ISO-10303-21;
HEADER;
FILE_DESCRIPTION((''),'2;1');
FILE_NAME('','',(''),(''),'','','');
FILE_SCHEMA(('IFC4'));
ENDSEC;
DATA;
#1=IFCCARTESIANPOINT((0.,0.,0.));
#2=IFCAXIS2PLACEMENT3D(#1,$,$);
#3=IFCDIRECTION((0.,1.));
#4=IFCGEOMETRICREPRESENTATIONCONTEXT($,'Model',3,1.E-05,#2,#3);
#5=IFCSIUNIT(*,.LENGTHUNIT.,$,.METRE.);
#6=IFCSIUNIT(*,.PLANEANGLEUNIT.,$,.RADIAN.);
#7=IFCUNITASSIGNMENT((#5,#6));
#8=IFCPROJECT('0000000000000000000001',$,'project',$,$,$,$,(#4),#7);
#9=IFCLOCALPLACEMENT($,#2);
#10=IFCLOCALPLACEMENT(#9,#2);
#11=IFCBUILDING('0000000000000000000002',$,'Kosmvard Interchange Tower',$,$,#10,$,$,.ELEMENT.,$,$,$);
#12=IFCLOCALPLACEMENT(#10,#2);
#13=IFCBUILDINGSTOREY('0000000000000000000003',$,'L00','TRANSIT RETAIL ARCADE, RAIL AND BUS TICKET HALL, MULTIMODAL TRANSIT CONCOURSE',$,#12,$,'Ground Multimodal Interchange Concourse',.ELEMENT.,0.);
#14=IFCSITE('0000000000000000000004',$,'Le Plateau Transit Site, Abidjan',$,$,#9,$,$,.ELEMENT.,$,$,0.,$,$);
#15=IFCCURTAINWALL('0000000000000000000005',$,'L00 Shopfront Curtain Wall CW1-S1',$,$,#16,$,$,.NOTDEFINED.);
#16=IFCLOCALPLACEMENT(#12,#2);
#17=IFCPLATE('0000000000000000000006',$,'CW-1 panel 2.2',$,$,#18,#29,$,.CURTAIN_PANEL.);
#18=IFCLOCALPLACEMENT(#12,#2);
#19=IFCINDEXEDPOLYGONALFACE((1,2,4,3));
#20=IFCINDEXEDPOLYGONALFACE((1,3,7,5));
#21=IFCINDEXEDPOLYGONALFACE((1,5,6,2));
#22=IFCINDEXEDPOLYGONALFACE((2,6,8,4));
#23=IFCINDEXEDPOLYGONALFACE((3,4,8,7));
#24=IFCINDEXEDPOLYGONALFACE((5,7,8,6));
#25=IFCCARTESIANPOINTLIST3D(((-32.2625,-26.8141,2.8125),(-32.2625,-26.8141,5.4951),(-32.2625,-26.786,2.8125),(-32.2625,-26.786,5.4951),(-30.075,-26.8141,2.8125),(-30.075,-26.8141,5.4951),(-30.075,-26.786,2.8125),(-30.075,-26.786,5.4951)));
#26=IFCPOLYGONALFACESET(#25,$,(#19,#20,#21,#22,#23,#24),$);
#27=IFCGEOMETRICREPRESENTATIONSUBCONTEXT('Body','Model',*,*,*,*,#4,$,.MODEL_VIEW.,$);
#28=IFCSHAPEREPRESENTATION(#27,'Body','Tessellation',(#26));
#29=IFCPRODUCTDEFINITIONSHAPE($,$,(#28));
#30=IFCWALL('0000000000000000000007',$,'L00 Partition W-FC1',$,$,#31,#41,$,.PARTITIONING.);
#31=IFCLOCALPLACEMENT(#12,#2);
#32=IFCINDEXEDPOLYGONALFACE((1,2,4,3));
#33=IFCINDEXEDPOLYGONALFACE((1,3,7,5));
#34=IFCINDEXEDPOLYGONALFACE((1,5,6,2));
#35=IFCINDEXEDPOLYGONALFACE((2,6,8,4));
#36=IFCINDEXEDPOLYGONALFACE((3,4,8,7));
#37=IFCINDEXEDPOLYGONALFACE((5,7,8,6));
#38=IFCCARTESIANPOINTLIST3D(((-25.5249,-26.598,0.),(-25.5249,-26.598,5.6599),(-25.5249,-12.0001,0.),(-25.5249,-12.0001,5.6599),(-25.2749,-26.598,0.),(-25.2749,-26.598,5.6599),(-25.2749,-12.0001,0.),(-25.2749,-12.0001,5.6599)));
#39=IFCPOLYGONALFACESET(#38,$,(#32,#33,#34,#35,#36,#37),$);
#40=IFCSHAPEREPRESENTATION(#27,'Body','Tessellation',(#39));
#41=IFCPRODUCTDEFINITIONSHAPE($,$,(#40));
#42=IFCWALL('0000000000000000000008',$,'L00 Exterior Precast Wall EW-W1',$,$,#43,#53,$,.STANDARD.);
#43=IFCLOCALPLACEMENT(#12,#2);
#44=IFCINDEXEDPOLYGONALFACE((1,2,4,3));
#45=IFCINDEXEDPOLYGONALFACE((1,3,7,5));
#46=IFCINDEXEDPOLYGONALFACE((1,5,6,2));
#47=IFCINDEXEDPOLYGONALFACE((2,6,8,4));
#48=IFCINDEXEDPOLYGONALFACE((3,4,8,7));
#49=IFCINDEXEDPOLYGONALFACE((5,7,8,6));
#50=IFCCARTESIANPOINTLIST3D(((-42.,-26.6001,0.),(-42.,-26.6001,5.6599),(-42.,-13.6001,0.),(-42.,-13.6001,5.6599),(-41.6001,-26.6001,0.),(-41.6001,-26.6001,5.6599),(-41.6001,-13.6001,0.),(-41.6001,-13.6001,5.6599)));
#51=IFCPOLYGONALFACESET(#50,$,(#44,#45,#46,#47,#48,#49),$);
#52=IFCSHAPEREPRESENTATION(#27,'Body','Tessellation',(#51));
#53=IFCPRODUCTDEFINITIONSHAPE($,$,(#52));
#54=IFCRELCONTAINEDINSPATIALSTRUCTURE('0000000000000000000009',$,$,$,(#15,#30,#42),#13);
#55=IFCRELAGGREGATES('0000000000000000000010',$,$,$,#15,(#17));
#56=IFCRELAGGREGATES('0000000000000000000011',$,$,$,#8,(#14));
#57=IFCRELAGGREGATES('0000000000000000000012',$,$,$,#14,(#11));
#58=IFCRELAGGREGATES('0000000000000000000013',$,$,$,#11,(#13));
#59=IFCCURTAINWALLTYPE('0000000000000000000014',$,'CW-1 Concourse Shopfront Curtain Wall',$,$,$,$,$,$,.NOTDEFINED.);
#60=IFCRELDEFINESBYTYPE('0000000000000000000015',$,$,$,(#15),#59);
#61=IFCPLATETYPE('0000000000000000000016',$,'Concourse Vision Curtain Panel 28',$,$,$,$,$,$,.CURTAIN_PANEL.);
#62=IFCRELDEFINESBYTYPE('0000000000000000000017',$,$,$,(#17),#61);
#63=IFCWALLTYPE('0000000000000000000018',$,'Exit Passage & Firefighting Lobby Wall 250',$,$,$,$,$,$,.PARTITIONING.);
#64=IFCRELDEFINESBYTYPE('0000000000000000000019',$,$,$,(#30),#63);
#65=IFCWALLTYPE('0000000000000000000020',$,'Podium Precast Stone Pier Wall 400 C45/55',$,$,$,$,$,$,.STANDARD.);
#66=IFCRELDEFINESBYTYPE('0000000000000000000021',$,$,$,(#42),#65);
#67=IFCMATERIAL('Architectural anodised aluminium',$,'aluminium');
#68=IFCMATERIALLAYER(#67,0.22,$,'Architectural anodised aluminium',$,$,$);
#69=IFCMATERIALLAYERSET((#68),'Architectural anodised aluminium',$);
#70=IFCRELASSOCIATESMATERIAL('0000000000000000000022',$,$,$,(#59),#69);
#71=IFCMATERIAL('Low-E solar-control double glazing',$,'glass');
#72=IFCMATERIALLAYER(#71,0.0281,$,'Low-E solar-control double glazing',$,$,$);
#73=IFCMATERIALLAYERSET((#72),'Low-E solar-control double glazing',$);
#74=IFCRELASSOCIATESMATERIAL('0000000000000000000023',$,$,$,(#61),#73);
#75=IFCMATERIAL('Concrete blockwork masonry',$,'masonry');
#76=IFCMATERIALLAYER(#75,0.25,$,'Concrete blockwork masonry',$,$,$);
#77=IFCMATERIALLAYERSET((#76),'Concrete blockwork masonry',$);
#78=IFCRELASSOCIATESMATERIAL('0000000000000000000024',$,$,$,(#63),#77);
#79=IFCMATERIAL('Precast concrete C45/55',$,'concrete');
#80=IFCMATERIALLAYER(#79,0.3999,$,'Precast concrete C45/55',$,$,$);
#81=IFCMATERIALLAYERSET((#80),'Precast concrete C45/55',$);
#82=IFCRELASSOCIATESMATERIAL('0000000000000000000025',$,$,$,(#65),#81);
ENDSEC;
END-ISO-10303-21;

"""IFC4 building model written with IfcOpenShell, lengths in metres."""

from ifc_helpers import new_model, si_unit, direction, frame, frame_2d, origin, origin_2d, place, context, subcontext, project, spatial, rectangle, extrude, source, transform, mapped, material, layer, layer_set, type_object, element, aggregate, save


model = new_model("IFC4")

# Units and contexts
model_context = context("Model", 3, precision=1e-05, world=origin(), true_north=direction((0.0, 1.0)))
body_context = subcontext(model_context, "Body", "Model", "MODEL_VIEW")
ifc_project = project(units=[si_unit("LENGTHUNIT", "METRE"), si_unit("PLANEANGLEUNIT", "RADIAN")], contexts=[model_context])

# Site, building, storey
site_placement = place(None, origin())
site = spatial("IfcSite", under=ifc_project, at=site_placement, Name="Le Plateau Transit Site, Abidjan", CompositionType="ELEMENT", RefElevation=0.0)
building_placement = place(site_placement, origin())
building = spatial("IfcBuilding", under=site, at=building_placement, Name="Kosmvard Interchange Tower", CompositionType="ELEMENT")
storey_placement = place(building_placement, origin())
storey = spatial("IfcBuildingStorey", under=building, at=storey_placement, Name="L00", Description="TRANSIT RETAIL ARCADE, RAIL AND BUS TICKET HALL, MULTIMODAL TRANSIT CONCOURSE", LongName="Ground Multimodal Interchange Concourse", CompositionType="ELEMENT", Elevation=0.0)

# Curtain wall, plate
ifc_material_1 = material(Name="Architectural anodised aluminium", Category="aluminium")
ifc_layer_1 = layer(ifc_material_1, 0.22, Name="Architectural anodised aluminium")
ifc_layer_set_1 = layer_set([ifc_layer_1], Name="Architectural anodised aluminium")
curtain_wall_type = type_object("IfcCurtainWallType", Name="CW-1 Concourse Shopfront Curtain Wall", PredefinedType="NOTDEFINED", material=ifc_layer_set_1)
curtain_wall_placement = place(storey_placement, origin())
curtain_wall = element("IfcCurtainWall", 1, at=curtain_wall_placement, inside=storey, type_object=curtain_wall_type, Name="L00 Shopfront Curtain Wall CW1-S1", PredefinedType="NOTDEFINED")
ifc_material_2 = material(Name="Low-E solar-control double glazing", Category="glass")
ifc_layer_2 = layer(ifc_material_2, 0.0281, Name="Low-E solar-control double glazing")
ifc_layer_set_2 = layer_set([ifc_layer_2], Name="Low-E solar-control double glazing")
plate_type = type_object("IfcPlateType", Name="Concourse Vision Curtain Panel 28", PredefinedType="CURTAIN_PANEL", material=ifc_layer_set_2)
shared_shape_1 = source(origin(), body_context, "Body", "SweptSolid", [
    extrude(rectangle(XDim=2.1875, YDim=0.0281, at=origin_2d()), origin(), (0.0, 0.0, 1.0), 2.6826),
])
plate_1_placement = place(storey_placement, frame((-31.1687, -26.8, 2.8125), z_axis=(0.0, 0.0, 1.0), x_axis=(1.0, 0.0, 0.0)))
plate_1 = element("IfcPlate", 2, at=plate_1_placement, type_object=plate_type, Name="CW-1 panel 2.2", PredefinedType="CURTAIN_PANEL", context=body_context, shape_type="MappedRepresentation", body=[
    mapped(shared_shape_1, transform((0.0, 0.0, 0.0), scale=1.0)),
])
aggregate(curtain_wall, [plate_1])

# Wall
ifc_material_3 = material(Name="Concrete blockwork masonry", Category="masonry")
ifc_layer_3 = layer(ifc_material_3, 0.25, Name="Concrete blockwork masonry")
ifc_layer_set_3 = layer_set([ifc_layer_3], Name="Concrete blockwork masonry")
wall_type_1 = type_object("IfcWallType", Name="Exit Passage & Firefighting Lobby Wall 250", PredefinedType="PARTITIONING", material=ifc_layer_set_3)
wall_1_placement = place(storey_placement, frame((-25.3999, -26.5979, 0.0), z_axis=(0.0, 0.0, 1.0), x_axis=(0.0, 1.0, 0.0)))
element("IfcWall", 3, at=wall_1_placement, inside=storey, type_object=wall_type_1, Name="L00 Partition W-FC1", PredefinedType="PARTITIONING", context=body_context, shape_type="SweptSolid", body=[
    extrude(rectangle(XDim=14.5979, YDim=0.25, at=frame_2d((7.2988, 0.0))), origin(), (0.0, 0.0, 1.0), 5.6599),
])

# Shared definitions
ifc_material_4 = material(Name="Precast concrete C45/55", Category="concrete")
ifc_layer_4 = layer(ifc_material_4, 0.3999, Name="Precast concrete C45/55")
ifc_layer_set_4 = layer_set([ifc_layer_4], Name="Precast concrete C45/55")
wall_type_2 = type_object("IfcWallType", Name="Podium Precast Stone Pier Wall 400 C45/55", PredefinedType="STANDARD", material=ifc_layer_set_4)

# Wall
wall_2_placement = place(storey_placement, frame((-41.8, -26.6001, 0.0), z_axis=(0.0, 0.0, 1.0), x_axis=(0.0, 1.0, 0.0)))
element("IfcWall", 4, at=wall_2_placement, inside=storey, type_object=wall_type_2, Name="L00 Exterior Precast Wall EW-W1", PredefinedType="STANDARD", context=body_context, shape_type="SweptSolid", body=[
    extrude(rectangle(XDim=13.0, YDim=0.3999, at=frame_2d((6.5, 0.0))), origin(), (0.0, 0.0, 1.0), 5.6599),
])

save(model, "model.ifc")
